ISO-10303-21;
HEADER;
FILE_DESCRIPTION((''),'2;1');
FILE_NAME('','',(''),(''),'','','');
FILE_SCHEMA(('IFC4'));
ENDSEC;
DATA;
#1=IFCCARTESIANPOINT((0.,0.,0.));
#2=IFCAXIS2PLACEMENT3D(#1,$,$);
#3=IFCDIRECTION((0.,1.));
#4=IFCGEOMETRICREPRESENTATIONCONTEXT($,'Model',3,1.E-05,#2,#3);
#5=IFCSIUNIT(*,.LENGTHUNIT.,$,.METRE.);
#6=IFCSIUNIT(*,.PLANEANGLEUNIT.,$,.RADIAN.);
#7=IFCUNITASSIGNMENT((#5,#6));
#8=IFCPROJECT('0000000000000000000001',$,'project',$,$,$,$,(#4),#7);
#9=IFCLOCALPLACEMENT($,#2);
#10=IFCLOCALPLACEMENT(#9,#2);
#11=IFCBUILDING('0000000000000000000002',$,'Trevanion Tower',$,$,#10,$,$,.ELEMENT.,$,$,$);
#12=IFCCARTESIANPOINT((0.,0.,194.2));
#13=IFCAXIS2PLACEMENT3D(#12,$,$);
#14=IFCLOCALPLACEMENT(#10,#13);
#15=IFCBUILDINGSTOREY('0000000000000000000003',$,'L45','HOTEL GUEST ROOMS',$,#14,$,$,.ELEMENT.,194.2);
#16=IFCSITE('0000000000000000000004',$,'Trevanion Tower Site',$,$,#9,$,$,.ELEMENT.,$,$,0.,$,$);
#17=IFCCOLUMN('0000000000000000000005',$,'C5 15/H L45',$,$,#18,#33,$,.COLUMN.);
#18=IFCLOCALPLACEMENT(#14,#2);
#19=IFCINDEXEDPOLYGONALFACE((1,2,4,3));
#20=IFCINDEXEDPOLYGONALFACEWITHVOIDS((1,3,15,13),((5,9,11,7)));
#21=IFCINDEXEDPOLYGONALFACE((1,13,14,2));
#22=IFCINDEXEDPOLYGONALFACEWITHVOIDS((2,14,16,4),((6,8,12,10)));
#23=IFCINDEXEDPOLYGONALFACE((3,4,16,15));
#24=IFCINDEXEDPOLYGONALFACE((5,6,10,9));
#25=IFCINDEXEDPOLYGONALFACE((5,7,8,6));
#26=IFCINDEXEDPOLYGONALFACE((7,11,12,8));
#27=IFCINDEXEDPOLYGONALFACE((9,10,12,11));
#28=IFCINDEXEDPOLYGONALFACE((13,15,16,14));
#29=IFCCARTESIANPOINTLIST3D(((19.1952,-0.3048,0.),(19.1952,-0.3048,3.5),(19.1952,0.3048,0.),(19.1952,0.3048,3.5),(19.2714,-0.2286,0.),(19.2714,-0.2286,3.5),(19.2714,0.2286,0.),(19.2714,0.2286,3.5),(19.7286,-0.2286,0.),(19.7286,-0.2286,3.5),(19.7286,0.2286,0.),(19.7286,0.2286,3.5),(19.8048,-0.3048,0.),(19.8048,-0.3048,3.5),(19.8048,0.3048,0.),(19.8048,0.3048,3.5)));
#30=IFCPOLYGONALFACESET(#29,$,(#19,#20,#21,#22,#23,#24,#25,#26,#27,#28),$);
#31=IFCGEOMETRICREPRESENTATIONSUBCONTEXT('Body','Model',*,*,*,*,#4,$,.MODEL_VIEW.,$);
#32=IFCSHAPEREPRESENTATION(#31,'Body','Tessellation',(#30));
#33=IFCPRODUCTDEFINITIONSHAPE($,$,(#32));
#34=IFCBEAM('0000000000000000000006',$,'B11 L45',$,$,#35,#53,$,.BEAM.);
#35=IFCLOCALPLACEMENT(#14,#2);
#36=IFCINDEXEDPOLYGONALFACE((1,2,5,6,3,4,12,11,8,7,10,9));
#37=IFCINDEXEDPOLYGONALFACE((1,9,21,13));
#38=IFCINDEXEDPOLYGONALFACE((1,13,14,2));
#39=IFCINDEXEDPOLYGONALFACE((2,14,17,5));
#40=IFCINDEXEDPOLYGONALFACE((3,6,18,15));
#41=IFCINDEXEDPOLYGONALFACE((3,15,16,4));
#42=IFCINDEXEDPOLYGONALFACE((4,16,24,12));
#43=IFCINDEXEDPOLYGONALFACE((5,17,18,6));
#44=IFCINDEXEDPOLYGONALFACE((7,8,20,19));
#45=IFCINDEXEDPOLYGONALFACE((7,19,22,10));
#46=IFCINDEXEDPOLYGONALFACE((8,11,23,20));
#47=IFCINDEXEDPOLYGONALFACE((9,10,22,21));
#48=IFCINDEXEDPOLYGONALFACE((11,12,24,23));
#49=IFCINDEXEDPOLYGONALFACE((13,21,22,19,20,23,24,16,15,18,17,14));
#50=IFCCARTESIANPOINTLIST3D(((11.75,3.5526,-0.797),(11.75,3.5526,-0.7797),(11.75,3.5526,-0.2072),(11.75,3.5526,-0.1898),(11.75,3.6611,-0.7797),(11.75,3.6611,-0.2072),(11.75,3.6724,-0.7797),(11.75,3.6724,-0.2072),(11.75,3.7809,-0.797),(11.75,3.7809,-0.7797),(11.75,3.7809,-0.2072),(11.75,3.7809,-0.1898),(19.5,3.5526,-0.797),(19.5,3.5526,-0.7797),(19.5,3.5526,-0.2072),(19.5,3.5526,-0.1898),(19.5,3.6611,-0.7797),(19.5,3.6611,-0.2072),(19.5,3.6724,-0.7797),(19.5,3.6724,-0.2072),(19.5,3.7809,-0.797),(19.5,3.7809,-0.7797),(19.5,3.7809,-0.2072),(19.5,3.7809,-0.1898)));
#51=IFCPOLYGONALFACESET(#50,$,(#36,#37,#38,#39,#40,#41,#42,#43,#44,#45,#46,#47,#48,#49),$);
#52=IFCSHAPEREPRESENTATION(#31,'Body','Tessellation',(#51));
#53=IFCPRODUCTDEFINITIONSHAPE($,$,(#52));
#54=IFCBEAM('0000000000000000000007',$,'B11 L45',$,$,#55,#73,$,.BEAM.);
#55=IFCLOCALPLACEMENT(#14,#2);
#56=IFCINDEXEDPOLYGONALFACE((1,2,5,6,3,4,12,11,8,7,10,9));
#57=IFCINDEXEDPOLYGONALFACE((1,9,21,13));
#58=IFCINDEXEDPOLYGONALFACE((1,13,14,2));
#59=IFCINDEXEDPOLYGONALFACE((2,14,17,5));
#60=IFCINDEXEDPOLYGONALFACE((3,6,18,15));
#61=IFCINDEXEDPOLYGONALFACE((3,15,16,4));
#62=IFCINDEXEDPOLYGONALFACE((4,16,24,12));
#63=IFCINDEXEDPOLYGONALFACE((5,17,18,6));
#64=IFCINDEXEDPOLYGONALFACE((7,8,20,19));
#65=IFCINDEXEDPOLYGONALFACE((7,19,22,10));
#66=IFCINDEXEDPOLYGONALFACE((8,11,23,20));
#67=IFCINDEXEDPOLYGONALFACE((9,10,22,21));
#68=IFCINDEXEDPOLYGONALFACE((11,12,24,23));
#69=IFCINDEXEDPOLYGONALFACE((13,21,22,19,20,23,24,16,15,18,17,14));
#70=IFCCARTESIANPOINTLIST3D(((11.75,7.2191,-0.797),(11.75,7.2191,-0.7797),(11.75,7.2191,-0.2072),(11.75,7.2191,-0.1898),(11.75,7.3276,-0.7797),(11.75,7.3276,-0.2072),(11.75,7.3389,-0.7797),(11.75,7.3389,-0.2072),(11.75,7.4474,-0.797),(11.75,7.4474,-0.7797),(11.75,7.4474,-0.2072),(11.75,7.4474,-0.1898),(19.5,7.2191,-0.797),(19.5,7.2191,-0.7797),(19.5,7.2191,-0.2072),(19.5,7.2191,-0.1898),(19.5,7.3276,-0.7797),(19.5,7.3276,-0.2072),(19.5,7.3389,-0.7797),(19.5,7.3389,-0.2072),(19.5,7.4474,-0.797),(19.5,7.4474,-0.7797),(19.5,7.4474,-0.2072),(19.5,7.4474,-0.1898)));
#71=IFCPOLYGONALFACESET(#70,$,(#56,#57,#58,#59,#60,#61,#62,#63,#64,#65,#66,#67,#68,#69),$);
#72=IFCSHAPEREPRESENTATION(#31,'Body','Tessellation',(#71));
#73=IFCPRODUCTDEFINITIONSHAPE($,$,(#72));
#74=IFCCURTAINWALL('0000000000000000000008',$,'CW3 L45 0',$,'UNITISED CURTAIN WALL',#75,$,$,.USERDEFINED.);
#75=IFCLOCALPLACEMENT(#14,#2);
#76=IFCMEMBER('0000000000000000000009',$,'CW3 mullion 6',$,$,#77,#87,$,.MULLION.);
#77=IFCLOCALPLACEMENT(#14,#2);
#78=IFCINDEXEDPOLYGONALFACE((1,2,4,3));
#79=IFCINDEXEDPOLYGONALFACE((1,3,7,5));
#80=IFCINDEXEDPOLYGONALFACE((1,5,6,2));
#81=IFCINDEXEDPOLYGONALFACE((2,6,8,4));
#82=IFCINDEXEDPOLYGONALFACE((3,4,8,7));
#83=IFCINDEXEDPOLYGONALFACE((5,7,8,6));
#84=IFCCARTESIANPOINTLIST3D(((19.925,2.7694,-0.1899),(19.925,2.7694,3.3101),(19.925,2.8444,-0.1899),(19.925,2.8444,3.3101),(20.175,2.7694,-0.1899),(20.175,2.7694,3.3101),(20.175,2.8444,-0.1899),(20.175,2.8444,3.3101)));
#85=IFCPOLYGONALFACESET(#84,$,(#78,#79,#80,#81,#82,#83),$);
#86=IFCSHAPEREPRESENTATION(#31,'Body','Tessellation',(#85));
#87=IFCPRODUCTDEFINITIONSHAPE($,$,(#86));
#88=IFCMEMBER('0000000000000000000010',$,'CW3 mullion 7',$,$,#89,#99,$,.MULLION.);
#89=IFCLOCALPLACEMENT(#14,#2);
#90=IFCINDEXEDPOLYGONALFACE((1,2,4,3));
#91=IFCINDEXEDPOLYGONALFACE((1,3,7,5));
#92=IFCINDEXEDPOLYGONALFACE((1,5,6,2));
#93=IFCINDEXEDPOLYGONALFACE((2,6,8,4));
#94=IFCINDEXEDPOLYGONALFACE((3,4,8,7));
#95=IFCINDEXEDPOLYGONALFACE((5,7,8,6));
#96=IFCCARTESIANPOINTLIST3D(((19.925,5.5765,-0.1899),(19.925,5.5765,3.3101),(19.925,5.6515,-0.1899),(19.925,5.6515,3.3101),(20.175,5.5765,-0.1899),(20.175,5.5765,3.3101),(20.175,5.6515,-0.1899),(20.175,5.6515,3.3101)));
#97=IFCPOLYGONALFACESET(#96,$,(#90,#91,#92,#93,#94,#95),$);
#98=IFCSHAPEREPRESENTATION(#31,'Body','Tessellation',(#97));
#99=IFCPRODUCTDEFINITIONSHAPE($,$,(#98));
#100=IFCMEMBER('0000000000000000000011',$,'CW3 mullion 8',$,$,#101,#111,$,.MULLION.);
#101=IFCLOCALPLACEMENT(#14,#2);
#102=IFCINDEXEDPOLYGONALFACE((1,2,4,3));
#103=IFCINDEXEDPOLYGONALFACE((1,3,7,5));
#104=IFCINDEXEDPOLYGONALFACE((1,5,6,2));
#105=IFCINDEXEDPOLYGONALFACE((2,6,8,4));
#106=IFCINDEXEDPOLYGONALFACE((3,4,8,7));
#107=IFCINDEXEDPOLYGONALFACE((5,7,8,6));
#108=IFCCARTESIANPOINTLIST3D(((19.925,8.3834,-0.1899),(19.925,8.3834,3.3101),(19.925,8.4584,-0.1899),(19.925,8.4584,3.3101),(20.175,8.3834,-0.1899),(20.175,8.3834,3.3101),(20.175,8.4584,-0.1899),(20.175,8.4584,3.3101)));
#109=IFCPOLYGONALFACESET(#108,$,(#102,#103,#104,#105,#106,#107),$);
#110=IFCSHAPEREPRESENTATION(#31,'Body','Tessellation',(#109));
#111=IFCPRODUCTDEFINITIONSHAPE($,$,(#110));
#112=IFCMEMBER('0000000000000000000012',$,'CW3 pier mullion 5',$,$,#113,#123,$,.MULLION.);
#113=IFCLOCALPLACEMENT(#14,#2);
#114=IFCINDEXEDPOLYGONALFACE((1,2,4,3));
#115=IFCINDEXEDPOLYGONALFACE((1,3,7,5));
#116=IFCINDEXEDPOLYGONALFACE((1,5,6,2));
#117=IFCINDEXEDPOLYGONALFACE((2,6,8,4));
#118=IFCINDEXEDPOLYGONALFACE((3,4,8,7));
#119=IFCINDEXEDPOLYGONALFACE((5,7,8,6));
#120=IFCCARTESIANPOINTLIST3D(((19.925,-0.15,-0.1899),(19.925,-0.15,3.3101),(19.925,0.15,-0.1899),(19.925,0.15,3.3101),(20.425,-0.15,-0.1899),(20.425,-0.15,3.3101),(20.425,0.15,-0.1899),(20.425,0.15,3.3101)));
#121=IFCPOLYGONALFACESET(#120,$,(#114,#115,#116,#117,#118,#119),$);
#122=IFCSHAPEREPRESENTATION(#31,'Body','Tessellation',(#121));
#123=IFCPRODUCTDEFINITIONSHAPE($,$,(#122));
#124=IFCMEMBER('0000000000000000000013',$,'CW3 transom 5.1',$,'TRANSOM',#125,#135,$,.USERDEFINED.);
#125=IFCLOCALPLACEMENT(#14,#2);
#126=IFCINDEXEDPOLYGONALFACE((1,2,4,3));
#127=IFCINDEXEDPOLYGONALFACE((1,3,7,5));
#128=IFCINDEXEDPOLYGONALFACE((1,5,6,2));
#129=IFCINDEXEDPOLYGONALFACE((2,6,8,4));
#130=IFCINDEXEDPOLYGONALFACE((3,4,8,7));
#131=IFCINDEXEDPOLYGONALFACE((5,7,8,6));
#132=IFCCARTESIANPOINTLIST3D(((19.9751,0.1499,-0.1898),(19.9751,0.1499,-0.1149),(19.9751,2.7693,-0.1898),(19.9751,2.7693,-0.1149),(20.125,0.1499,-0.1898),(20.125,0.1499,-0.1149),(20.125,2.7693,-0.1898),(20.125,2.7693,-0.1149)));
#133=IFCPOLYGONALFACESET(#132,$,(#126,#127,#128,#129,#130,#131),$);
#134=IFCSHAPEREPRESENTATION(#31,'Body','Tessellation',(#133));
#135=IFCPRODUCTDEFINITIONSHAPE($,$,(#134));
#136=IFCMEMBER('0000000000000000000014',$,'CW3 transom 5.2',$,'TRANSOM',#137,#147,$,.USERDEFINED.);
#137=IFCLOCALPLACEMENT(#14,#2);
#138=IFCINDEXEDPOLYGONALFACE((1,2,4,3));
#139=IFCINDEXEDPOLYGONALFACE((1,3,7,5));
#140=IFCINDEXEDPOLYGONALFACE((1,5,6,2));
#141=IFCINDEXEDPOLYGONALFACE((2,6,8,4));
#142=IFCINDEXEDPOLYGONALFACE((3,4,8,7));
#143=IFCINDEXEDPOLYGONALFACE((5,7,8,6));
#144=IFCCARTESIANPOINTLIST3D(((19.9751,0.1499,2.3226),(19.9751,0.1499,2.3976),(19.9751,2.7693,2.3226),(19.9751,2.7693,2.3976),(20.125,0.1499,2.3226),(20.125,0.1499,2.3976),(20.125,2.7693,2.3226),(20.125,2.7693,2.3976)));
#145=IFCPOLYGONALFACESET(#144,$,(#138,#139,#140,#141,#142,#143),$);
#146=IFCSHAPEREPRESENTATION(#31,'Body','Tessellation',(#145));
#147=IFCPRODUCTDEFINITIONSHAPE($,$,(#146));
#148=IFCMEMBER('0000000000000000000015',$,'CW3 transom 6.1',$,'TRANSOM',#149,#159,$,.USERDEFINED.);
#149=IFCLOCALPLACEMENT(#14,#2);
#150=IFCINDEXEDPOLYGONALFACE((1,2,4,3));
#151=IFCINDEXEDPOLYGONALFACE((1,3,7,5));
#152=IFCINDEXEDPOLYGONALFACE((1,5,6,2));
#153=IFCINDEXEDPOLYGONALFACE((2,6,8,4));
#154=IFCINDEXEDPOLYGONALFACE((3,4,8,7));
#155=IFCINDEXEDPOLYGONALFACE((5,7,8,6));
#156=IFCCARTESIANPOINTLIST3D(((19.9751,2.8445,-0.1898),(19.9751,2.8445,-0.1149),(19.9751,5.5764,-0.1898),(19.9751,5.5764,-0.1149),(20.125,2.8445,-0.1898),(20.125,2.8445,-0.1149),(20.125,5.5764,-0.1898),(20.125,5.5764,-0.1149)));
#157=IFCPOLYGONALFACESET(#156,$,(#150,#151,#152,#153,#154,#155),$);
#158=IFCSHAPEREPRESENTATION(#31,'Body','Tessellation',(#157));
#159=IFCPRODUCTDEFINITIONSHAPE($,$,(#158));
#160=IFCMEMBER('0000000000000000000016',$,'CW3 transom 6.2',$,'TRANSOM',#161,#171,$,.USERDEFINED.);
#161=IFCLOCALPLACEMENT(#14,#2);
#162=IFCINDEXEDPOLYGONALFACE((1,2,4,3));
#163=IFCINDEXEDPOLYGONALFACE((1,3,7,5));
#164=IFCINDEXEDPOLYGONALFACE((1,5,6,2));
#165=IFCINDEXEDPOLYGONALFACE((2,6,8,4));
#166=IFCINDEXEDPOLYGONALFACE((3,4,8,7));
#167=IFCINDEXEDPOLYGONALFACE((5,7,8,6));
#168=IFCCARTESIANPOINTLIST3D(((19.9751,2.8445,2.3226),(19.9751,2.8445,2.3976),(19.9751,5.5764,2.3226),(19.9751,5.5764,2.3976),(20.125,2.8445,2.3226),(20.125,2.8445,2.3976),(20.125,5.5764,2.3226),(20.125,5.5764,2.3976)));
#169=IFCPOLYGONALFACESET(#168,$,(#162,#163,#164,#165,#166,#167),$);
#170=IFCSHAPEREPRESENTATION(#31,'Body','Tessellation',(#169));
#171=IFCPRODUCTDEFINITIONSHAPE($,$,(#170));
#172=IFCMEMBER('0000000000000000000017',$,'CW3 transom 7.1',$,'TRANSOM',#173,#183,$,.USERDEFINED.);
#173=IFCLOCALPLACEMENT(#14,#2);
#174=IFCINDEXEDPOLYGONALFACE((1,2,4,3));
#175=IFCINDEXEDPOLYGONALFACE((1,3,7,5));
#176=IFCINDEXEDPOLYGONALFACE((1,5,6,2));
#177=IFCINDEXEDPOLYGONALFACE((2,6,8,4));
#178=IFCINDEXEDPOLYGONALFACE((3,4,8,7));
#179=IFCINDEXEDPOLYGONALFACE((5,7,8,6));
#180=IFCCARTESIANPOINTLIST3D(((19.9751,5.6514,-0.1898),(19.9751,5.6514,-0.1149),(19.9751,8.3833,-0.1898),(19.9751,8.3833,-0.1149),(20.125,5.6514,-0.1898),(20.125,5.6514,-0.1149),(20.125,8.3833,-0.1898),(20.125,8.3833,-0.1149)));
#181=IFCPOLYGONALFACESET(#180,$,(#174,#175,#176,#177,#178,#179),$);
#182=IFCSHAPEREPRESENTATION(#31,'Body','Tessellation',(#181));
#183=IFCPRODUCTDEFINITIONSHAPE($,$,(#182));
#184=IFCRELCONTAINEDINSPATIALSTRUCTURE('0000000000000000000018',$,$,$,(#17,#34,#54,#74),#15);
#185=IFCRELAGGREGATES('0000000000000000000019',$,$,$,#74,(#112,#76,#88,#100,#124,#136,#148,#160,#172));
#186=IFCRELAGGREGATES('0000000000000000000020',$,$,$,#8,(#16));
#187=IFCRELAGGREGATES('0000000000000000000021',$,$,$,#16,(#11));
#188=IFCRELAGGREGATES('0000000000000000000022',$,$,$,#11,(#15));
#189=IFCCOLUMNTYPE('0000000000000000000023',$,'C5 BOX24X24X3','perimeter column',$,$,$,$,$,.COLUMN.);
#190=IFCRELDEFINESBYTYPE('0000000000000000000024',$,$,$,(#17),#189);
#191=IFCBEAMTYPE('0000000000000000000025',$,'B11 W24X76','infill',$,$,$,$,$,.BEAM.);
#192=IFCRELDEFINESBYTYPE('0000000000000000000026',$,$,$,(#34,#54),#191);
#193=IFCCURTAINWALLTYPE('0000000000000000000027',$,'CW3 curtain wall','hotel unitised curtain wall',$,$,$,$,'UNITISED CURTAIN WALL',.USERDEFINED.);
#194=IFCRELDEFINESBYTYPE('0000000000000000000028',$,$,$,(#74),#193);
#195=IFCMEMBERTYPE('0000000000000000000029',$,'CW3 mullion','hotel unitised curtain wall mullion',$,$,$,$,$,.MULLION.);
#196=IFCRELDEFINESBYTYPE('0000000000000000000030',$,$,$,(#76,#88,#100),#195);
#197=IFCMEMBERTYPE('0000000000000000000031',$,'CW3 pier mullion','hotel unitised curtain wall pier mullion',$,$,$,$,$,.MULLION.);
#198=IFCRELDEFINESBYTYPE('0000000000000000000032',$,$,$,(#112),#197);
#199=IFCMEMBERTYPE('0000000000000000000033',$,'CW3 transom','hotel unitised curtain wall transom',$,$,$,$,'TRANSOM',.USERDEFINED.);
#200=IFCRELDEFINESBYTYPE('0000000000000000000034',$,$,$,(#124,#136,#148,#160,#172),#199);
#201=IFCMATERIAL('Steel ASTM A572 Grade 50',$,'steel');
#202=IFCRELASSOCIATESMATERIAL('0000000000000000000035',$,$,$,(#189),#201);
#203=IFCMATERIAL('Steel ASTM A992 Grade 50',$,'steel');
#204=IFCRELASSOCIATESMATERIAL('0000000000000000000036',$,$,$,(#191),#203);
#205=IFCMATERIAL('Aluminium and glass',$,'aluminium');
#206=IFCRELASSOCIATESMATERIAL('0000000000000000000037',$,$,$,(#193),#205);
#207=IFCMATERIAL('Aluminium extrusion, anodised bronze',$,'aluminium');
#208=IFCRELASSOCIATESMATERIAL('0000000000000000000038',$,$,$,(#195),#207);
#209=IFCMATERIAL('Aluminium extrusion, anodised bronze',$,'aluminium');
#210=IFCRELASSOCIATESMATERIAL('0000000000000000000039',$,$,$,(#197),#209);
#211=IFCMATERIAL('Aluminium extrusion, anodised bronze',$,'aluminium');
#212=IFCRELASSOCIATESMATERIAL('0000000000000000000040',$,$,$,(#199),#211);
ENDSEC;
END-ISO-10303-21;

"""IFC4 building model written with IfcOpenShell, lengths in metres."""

from ifc_helpers import new_model, si_unit, direction, frame, origin, origin_2d, place, context, subcontext, project, spatial, rectangle, hollow_rectangle, i_section, extrude, material, material_profile, profile_set, type_object, element, aggregate, save


model = new_model("IFC4")

# Units and contexts
model_context = context("Model", 3, precision=1e-05, world=origin(), true_north=direction((0.0, 1.0)))
body_context = subcontext(model_context, "Body", "Model", "MODEL_VIEW")
ifc_project = project(units=[si_unit("LENGTHUNIT", "METRE"), si_unit("PLANEANGLEUNIT", "RADIAN")], contexts=[model_context])

# Site, building, storey
site_placement = place(None, origin())
site = spatial("IfcSite", under=ifc_project, at=site_placement, Name="Trevanion Tower Site", CompositionType="ELEMENT", RefElevation=0.0)
building_placement = place(site_placement, origin())
building = spatial("IfcBuilding", under=site, at=building_placement, Name="Trevanion Tower", CompositionType="ELEMENT")
storey_placement = place(building_placement, frame((0.0, 0.0, 194.2)))
storey = spatial("IfcBuildingStorey", under=building, at=storey_placement, Name="L45", Description="HOTEL GUEST ROOMS", CompositionType="ELEMENT", Elevation=194.2)

# Column
ifc_material_1 = material(Name="Steel ASTM A572 Grade 50", Category="steel")
ifc_material_profile_1 = material_profile(ifc_material_1, hollow_rectangle(XDim=0.6096, YDim=0.6096, WallThickness=0.0762, at=origin_2d()), Name="BOX24X24X3")
ifc_profile_set_1 = profile_set([ifc_material_profile_1], Name="Steel ASTM A572 Grade 50")
column_type = type_object("IfcColumnType", Name="C5 BOX24X24X3", Description="perimeter column", PredefinedType="COLUMN", material=ifc_profile_set_1)
column_placement = place(storey_placement, frame((19.5, 0.0, 0.0), z_axis=(0.0, 0.0, 1.0), x_axis=(0.0, 1.0, 0.0)))
element("IfcColumn", 1, at=column_placement, inside=storey, type_object=column_type, Name="C5 15/H L45", PredefinedType="COLUMN", context=body_context, shape_type="SweptSolid", body=[
    extrude(hollow_rectangle(XDim=0.6096, YDim=0.6096, WallThickness=0.0762, at=origin_2d()), origin(), (0.0, 0.0, 1.0), 3.5),
])

# Beams
ifc_material_2 = material(Name="Steel ASTM A992 Grade 50", Category="steel")
ifc_material_profile_2 = material_profile(ifc_material_2, i_section(OverallWidth=0.2283, OverallDepth=0.6072, WebThickness=0.0112, FlangeThickness=0.0173, at=origin_2d()), Name="W24X76")
ifc_profile_set_2 = profile_set([ifc_material_profile_2], Name="Steel ASTM A992 Grade 50")
beam_type_1 = type_object("IfcBeamType", Name="B11 W24X76", Description="infill", PredefinedType="BEAM", material=ifc_profile_set_2)
for number, where, z_axis, x_axis, name in (
    (2, (11.75, 3.6667, -0.4934), (1.0, 0.0, 0.0), (0.0, 1.0, 0.0), "B11 L45"),
    (3, (11.75, 7.3333, -0.4934), (1.0, 0.0, 0.0), (0.0, 1.0, 0.0), "B11 L45"),
):
    element("IfcBeam", number, at=place(storey_placement, frame(where, z_axis=z_axis, x_axis=x_axis)), inside=storey, type_object=beam_type_1, Name=name, PredefinedType="BEAM", context=body_context, shape_type="SweptSolid", body=[
        extrude(i_section(OverallWidth=0.2283, OverallDepth=0.6072, WebThickness=0.0112, FlangeThickness=0.0173, at=origin_2d()), origin(), (0.0, 0.0, 1.0), 7.75),
    ])

# Curtain wall, members
ifc_material_3 = material(Name="Aluminium and glass", Category="aluminium")
curtain_wall_type = type_object("IfcCurtainWallType", Name="CW3 curtain wall", Description="hotel unitised curtain wall", ElementType="UNITISED CURTAIN WALL", PredefinedType="USERDEFINED", material=ifc_material_3)
curtain_wall_placement = place(storey_placement, origin())
curtain_wall = element("IfcCurtainWall", 4, at=curtain_wall_placement, inside=storey, type_object=curtain_wall_type, Name="CW3 L45 0", ObjectType="UNITISED CURTAIN WALL", PredefinedType="USERDEFINED")
ifc_material_4 = material(Name="Aluminium extrusion, anodised bronze", Category="aluminium")
ifc_material_profile_3 = material_profile(ifc_material_4, rectangle(XDim=0.075, YDim=0.25, at=origin_2d()), Name="CW3 mullion")
ifc_profile_set_3 = profile_set([ifc_material_profile_3], Name="Aluminium extrusion, anodised bronze")
member_type_1 = type_object("IfcMemberType", Name="CW3 mullion", Description="hotel unitised curtain wall mullion", PredefinedType="MULLION", material=ifc_profile_set_3)
member_1_placement = place(storey_placement, frame((20.05, 2.8069, -0.1899), z_axis=(0.0, 0.0, 1.0), x_axis=(0.0, 1.0, 0.0)))
member_1 = element("IfcMember", 5, at=member_1_placement, type_object=member_type_1, Name="CW3 mullion 6", PredefinedType="MULLION", context=body_context, shape_type="SweptSolid", body=[
    extrude(rectangle(XDim=0.075, YDim=0.25, at=origin_2d()), origin(), (0.0, 0.0, 1.0), 3.5),
])
member_2_placement = place(storey_placement, frame((20.05, 5.614, -0.1899), z_axis=(0.0, 0.0, 1.0), x_axis=(0.0, 1.0, 0.0)))
member_2 = element("IfcMember", 6, at=member_2_placement, type_object=member_type_1, Name="CW3 mullion 7", PredefinedType="MULLION", context=body_context, shape_type="SweptSolid", body=[
    extrude(rectangle(XDim=0.075, YDim=0.25, at=origin_2d()), origin(), (0.0, 0.0, 1.0), 3.5),
])
member_3_placement = place(storey_placement, frame((20.05, 8.4209, -0.1899), z_axis=(0.0, 0.0, 1.0), x_axis=(0.0, 1.0, 0.0)))
member_3 = element("IfcMember", 7, at=member_3_placement, type_object=member_type_1, Name="CW3 mullion 8", PredefinedType="MULLION", context=body_context, shape_type="SweptSolid", body=[
    extrude(rectangle(XDim=0.075, YDim=0.25, at=origin_2d()), origin(), (0.0, 0.0, 1.0), 3.5),
])
ifc_material_5 = material(Name="Aluminium extrusion, anodised bronze", Category="aluminium")
ifc_material_profile_4 = material_profile(ifc_material_5, rectangle(XDim=0.3, YDim=0.5, at=origin_2d()), Name="CW3 pier mullion")
ifc_profile_set_4 = profile_set([ifc_material_profile_4], Name="Aluminium extrusion, anodised bronze")
member_type_2 = type_object("IfcMemberType", Name="CW3 pier mullion", Description="hotel unitised curtain wall pier mullion", PredefinedType="MULLION", material=ifc_profile_set_4)
member_4_placement = place(storey_placement, frame((20.175, 0.0, -0.1899), z_axis=(0.0, 0.0, 1.0), x_axis=(0.0, 1.0, 0.0)))
member_4 = element("IfcMember", 8, at=member_4_placement, type_object=member_type_2, Name="CW3 pier mullion 5", PredefinedType="MULLION", context=body_context, shape_type="SweptSolid", body=[
    extrude(rectangle(XDim=0.3, YDim=0.5, at=origin_2d()), origin(), (0.0, 0.0, 1.0), 3.5),
])
ifc_material_6 = material(Name="Aluminium extrusion, anodised bronze", Category="aluminium")
ifc_material_profile_5 = material_profile(ifc_material_6, rectangle(XDim=0.1499, YDim=0.075, at=origin_2d()), Name="CW3 transom")
ifc_profile_set_5 = profile_set([ifc_material_profile_5], Name="Aluminium extrusion, anodised bronze")
member_type_3 = type_object("IfcMemberType", Name="CW3 transom", Description="hotel unitised curtain wall transom", ElementType="TRANSOM", PredefinedType="USERDEFINED", material=ifc_profile_set_5)
member_5_placement = place(storey_placement, frame((20.05, 0.1499, -0.1523), z_axis=(0.0, 1.0, 0.0), x_axis=(-1.0, 0.0, 0.0)))
member_5 = element("IfcMember", 9, at=member_5_placement, type_object=member_type_3, Name="CW3 transom 5.1", ObjectType="TRANSOM", PredefinedType="USERDEFINED", context=body_context, shape_type="SweptSolid", body=[
    extrude(rectangle(XDim=0.1499, YDim=0.075, at=origin_2d()), origin(), (0.0, 0.0, 1.0), 2.6194),
])
member_6_placement = place(storey_placement, frame((20.05, 0.1499, 2.3601), z_axis=(0.0, 1.0, 0.0), x_axis=(-1.0, 0.0, 0.0)))
member_6 = element("IfcMember", 10, at=member_6_placement, type_object=member_type_3, Name="CW3 transom 5.2", ObjectType="TRANSOM", PredefinedType="USERDEFINED", context=body_context, shape_type="SweptSolid", body=[
    extrude(rectangle(XDim=0.1499, YDim=0.075, at=origin_2d()), origin(), (0.0, 0.0, 1.0), 2.6194),
])
member_7_placement = place(storey_placement, frame((20.05, 2.8445, -0.1523), z_axis=(0.0, 1.0, 0.0), x_axis=(-1.0, 0.0, 0.0)))
member_7 = element("IfcMember", 11, at=member_7_placement, type_object=member_type_3, Name="CW3 transom 6.1", ObjectType="TRANSOM", PredefinedType="USERDEFINED", context=body_context, shape_type="SweptSolid", body=[
    extrude(rectangle(XDim=0.1499, YDim=0.075, at=origin_2d()), origin(), (0.0, 0.0, 1.0), 2.7319),
])
member_8_placement = place(storey_placement, frame((20.05, 2.8445, 2.3601), z_axis=(0.0, 1.0, 0.0), x_axis=(-1.0, 0.0, 0.0)))
member_8 = element("IfcMember", 12, at=member_8_placement, type_object=member_type_3, Name="CW3 transom 6.2", ObjectType="TRANSOM", PredefinedType="USERDEFINED", context=body_context, shape_type="SweptSolid", body=[
    extrude(rectangle(XDim=0.1499, YDim=0.075, at=origin_2d()), origin(), (0.0, 0.0, 1.0), 2.7319),
])
member_9_placement = place(storey_placement, frame((20.05, 5.6514, -0.1523), z_axis=(0.0, 1.0, 0.0), x_axis=(-1.0, 0.0, 0.0)))
member_9 = element("IfcMember", 13, at=member_9_placement, type_object=member_type_3, Name="CW3 transom 7.1", ObjectType="TRANSOM", PredefinedType="USERDEFINED", context=body_context, shape_type="SweptSolid", body=[
    extrude(rectangle(XDim=0.1499, YDim=0.075, at=origin_2d()), origin(), (0.0, 0.0, 1.0), 2.7319),
])

aggregate(curtain_wall, [member_4, member_1, member_2, member_3, member_5, member_6, member_7, member_8, member_9])

save(model, "model.ifc")
